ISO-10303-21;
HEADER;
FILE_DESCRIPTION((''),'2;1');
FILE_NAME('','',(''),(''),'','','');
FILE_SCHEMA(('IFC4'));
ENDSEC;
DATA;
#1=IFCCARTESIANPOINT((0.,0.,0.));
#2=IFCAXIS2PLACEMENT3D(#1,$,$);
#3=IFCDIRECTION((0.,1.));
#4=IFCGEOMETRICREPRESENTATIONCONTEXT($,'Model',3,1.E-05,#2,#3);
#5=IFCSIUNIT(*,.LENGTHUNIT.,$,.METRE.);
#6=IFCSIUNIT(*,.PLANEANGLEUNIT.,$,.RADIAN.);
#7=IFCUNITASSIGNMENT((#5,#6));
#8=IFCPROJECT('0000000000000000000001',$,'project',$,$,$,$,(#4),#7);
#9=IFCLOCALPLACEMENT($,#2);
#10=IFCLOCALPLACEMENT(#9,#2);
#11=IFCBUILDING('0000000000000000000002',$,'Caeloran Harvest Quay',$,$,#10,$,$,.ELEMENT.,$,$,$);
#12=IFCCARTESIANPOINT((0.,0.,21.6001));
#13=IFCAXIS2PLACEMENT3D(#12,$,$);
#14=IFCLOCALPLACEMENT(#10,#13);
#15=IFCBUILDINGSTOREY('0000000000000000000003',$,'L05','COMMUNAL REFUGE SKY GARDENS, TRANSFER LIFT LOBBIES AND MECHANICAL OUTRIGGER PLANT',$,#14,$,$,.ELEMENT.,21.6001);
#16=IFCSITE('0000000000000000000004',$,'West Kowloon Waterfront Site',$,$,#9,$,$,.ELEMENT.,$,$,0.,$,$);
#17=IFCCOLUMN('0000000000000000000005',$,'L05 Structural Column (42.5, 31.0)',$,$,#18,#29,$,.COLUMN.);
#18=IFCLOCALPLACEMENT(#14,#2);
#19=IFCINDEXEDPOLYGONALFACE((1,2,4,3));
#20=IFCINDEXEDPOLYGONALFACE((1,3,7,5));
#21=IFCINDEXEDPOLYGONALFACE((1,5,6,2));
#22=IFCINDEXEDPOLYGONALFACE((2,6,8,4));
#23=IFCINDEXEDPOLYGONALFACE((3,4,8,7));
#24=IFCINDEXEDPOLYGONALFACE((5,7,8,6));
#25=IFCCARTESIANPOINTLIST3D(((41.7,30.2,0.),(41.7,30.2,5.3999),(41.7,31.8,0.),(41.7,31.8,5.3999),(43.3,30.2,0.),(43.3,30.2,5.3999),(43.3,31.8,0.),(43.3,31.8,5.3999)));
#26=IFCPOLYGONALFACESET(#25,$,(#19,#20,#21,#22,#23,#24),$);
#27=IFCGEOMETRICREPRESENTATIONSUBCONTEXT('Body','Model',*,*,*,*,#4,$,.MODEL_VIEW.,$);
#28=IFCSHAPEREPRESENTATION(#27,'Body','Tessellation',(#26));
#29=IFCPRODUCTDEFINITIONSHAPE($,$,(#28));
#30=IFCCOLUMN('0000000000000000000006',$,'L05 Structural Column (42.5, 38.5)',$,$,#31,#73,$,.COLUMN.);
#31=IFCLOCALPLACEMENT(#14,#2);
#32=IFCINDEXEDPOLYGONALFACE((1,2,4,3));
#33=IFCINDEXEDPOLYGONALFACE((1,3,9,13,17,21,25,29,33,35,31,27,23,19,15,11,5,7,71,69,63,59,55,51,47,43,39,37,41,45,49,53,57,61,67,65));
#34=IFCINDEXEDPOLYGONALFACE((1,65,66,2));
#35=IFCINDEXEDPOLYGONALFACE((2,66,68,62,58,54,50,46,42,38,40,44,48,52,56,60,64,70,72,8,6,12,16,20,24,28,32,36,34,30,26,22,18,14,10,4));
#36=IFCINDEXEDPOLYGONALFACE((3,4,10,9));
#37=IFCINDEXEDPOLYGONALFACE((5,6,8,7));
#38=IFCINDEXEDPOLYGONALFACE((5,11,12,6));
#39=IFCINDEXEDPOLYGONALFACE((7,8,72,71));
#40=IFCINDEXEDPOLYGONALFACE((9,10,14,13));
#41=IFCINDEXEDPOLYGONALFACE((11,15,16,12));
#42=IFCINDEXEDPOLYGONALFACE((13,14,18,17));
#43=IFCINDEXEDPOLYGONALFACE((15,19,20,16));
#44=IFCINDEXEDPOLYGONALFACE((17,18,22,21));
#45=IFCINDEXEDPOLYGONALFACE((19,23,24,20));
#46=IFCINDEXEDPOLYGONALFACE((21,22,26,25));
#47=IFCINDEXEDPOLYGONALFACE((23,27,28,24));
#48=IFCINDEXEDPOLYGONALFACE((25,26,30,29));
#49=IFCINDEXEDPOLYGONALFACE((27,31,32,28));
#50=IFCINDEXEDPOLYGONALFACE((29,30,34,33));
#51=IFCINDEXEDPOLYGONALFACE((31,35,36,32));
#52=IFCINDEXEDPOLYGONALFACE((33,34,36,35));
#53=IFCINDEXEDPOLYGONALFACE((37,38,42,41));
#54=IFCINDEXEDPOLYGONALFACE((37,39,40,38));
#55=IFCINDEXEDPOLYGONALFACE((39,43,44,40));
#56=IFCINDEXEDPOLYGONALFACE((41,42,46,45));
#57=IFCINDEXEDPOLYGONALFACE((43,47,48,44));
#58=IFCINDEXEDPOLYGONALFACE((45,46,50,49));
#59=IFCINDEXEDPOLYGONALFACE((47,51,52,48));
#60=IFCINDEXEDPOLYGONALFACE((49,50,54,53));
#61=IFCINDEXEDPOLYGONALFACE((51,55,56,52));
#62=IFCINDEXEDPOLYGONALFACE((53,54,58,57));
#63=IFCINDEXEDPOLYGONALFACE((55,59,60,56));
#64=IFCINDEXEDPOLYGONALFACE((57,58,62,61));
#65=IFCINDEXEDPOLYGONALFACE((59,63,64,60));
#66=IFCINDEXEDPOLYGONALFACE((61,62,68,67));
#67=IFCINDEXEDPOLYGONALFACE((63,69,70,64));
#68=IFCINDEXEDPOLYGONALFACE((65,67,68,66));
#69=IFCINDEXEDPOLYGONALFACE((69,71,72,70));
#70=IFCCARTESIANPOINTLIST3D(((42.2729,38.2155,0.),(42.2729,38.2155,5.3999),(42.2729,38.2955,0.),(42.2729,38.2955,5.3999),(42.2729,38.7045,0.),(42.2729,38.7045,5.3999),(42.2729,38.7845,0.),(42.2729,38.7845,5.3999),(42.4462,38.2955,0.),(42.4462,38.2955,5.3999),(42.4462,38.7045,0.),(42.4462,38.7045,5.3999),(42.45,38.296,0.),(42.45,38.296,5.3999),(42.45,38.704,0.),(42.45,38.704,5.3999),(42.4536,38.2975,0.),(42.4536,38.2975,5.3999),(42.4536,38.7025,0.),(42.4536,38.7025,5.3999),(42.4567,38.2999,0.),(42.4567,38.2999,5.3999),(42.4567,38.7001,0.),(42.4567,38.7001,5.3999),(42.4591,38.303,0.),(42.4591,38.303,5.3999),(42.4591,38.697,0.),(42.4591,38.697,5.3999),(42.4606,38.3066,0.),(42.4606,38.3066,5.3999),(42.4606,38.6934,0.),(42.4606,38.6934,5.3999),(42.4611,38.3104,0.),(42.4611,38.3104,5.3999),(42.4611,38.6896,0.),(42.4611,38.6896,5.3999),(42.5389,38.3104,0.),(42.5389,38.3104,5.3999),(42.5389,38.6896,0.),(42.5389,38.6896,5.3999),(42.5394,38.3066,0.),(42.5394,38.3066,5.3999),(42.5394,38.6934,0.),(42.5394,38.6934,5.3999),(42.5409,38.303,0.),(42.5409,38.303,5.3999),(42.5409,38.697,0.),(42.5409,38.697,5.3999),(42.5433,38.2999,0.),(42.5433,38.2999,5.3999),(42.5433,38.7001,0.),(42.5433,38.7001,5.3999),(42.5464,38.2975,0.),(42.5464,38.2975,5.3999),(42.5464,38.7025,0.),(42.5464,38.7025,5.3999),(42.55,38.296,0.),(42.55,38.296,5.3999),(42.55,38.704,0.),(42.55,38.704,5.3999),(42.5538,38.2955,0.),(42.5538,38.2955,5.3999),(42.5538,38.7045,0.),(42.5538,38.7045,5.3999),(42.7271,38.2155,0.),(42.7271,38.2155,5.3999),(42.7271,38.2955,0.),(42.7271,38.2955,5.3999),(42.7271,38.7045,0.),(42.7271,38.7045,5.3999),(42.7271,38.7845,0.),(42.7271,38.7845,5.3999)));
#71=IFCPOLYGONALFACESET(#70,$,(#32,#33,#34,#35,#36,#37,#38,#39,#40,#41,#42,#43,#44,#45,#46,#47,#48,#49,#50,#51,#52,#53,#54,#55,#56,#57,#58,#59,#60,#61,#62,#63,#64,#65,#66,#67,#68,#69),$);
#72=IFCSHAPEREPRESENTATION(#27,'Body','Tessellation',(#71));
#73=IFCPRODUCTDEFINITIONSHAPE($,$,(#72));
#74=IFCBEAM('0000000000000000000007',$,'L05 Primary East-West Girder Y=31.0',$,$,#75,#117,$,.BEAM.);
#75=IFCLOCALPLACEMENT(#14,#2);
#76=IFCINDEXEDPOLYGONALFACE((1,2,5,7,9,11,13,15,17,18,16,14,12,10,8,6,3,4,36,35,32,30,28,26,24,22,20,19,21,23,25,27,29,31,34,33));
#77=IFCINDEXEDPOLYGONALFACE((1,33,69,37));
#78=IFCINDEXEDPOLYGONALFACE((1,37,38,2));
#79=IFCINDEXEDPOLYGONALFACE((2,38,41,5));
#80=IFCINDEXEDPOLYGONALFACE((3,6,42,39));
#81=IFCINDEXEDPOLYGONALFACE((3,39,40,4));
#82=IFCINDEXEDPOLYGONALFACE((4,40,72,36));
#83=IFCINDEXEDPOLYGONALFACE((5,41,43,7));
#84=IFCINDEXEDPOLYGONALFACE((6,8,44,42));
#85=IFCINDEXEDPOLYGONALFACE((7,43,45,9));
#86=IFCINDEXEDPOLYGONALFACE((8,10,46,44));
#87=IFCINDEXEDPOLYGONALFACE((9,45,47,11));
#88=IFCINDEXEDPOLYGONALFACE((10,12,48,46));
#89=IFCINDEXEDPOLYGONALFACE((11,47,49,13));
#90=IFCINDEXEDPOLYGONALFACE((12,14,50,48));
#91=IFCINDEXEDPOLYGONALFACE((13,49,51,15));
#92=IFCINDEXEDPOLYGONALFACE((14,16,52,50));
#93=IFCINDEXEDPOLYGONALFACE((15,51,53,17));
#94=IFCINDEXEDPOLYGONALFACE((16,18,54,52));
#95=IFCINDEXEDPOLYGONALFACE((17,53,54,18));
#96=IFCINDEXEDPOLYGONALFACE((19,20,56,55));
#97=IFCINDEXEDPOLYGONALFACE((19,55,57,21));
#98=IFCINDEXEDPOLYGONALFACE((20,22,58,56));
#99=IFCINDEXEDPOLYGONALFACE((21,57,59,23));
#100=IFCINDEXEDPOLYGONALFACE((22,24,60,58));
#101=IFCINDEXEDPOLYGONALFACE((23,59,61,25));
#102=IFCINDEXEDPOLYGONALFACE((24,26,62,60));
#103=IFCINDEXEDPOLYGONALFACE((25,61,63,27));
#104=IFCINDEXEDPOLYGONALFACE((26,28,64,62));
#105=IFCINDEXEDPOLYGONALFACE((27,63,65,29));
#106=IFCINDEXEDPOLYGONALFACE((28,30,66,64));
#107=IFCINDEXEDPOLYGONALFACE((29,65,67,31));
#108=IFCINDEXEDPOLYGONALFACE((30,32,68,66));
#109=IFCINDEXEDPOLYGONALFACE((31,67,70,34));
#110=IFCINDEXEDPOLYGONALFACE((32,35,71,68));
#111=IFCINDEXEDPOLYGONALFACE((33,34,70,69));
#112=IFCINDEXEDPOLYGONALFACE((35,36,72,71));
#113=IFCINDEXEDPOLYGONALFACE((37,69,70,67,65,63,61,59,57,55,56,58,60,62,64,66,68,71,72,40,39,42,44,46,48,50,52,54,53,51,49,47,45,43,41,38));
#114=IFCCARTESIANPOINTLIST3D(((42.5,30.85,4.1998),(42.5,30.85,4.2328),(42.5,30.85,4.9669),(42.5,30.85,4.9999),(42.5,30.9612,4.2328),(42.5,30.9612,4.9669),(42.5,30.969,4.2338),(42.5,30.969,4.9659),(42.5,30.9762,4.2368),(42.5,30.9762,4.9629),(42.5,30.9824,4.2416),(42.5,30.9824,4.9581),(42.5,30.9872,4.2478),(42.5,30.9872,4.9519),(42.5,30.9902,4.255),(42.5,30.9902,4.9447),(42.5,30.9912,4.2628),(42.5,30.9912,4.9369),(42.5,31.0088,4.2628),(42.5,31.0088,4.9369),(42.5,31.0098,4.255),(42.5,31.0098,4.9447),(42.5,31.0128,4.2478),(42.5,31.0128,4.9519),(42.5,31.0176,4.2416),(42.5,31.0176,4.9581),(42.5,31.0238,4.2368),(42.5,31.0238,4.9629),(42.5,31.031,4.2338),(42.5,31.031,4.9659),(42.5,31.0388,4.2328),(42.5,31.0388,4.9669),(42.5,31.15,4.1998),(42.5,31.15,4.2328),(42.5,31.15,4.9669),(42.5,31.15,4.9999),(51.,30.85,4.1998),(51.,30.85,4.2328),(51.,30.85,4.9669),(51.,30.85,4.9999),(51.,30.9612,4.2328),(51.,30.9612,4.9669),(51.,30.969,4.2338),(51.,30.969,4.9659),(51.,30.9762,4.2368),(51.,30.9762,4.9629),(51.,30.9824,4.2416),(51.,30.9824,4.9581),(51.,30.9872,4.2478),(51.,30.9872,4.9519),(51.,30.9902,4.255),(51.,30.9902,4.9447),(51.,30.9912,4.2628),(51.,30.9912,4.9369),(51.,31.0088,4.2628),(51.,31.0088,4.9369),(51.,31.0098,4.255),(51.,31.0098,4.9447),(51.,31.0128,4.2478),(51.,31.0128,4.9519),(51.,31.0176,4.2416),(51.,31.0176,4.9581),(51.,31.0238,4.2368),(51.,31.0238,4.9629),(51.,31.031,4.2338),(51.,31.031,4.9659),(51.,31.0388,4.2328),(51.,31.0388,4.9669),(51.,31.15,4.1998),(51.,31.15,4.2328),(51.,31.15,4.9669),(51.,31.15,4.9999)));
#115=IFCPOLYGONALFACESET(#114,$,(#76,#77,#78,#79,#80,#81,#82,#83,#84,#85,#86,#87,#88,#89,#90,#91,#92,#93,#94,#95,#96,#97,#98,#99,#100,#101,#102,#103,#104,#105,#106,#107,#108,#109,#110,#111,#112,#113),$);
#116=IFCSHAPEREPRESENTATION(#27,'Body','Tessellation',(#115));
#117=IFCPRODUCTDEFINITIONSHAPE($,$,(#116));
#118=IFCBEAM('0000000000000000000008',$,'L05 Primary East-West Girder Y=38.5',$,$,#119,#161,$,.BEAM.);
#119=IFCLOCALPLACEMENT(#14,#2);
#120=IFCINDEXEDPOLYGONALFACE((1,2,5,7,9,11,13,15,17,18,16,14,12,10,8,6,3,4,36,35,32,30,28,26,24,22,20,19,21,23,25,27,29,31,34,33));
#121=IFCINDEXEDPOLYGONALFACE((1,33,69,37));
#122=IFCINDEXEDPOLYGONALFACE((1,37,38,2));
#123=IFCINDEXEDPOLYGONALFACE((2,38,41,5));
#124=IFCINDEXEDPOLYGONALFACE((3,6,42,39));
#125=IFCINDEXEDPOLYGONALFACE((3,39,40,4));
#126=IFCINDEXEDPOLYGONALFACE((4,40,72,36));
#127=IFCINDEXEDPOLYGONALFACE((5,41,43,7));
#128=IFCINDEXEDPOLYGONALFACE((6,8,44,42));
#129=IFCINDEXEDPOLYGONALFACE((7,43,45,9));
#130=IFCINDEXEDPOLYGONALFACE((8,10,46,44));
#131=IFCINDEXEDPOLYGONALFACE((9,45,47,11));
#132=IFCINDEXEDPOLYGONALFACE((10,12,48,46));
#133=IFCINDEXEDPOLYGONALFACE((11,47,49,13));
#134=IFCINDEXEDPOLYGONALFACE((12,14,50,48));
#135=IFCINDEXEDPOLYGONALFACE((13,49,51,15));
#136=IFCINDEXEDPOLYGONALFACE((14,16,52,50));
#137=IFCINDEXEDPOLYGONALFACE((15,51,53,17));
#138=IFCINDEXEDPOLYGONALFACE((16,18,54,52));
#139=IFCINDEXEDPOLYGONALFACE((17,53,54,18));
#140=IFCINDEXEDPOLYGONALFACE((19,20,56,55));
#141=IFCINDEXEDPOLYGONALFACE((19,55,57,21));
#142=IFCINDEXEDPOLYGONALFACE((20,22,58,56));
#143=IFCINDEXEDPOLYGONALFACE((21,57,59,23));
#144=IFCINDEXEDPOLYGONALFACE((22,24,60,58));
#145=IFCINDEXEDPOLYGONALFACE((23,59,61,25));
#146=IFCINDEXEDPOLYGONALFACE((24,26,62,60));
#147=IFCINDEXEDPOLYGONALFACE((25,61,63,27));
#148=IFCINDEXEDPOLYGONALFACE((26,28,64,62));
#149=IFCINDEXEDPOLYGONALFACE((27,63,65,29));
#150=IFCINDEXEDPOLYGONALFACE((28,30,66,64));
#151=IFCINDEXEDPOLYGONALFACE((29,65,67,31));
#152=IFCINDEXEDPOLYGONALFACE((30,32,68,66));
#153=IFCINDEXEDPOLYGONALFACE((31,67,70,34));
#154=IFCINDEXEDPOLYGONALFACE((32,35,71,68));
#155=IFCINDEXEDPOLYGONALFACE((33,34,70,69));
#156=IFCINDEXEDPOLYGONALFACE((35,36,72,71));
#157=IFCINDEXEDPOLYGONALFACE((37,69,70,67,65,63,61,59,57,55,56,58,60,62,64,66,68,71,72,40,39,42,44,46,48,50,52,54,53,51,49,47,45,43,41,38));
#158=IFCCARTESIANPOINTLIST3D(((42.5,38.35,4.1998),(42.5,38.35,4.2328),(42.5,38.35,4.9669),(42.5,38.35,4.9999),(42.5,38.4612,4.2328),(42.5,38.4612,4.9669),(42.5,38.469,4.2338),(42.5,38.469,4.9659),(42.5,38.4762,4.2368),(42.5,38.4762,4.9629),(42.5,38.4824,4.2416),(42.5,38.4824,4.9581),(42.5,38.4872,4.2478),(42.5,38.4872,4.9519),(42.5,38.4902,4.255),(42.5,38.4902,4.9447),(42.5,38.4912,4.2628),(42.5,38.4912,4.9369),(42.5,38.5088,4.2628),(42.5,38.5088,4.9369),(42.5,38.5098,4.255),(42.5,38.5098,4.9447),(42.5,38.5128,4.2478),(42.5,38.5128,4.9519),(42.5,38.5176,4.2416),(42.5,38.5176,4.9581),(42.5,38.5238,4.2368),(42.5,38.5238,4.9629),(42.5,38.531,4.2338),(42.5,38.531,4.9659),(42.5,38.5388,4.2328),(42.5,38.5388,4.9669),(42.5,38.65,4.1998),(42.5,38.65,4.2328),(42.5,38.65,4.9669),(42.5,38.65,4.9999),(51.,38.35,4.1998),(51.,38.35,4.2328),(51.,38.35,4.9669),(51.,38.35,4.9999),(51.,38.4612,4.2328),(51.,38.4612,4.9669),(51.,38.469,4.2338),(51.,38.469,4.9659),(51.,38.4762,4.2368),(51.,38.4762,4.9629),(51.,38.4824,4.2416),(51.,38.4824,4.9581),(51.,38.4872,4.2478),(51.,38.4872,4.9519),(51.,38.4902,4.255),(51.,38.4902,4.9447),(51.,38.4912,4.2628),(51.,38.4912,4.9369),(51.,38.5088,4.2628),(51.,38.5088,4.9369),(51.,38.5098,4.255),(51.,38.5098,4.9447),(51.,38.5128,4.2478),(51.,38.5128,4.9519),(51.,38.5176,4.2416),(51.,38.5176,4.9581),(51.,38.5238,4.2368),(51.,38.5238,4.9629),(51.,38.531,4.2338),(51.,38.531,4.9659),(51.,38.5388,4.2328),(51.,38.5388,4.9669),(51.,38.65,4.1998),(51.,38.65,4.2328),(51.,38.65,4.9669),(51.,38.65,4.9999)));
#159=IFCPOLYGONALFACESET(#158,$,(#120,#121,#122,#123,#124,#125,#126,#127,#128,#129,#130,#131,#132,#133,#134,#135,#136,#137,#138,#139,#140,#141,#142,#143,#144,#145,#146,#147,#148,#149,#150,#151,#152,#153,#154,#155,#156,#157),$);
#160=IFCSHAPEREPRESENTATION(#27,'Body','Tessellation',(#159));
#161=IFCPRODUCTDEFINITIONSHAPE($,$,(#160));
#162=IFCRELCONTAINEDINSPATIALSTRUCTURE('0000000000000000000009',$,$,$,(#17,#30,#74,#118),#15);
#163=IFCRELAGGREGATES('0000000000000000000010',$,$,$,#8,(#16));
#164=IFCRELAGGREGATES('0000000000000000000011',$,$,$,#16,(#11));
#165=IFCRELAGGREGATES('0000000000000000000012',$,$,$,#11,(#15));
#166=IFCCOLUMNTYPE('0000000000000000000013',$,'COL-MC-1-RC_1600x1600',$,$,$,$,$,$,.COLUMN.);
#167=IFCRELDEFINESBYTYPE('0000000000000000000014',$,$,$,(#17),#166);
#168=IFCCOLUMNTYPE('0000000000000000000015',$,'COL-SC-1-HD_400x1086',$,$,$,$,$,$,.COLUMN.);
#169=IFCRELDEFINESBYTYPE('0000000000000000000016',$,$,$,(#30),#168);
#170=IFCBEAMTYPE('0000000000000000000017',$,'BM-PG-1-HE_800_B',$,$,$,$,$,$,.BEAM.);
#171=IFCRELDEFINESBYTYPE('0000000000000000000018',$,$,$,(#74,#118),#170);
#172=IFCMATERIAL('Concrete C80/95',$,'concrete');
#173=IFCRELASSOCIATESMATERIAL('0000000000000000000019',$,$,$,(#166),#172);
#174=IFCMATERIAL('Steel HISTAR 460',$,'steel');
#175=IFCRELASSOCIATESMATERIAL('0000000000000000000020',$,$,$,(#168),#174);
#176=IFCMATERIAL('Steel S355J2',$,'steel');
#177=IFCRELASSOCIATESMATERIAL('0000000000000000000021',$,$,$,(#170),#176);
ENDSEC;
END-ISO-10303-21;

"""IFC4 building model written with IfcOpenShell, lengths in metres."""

from ifc_helpers import new_model, si_unit, direction, frame, origin, origin_2d, place, context, subcontext, project, spatial, rectangle, i_section, extrude, material, material_profile, profile_set, type_object, element, save


model = new_model("IFC4")

# Units and contexts
model_context = context("Model", 3, precision=1e-05, world=origin(), true_north=direction((0.0, 1.0)))
body_context = subcontext(model_context, "Body", "Model", "MODEL_VIEW")
ifc_project = project(units=[si_unit("LENGTHUNIT", "METRE"), si_unit("PLANEANGLEUNIT", "RADIAN")], contexts=[model_context])

# Site, building, storey
site_placement = place(None, origin())
site = spatial("IfcSite", under=ifc_project, at=site_placement, Name="West Kowloon Waterfront Site", CompositionType="ELEMENT", RefElevation=0.0)
building_placement = place(site_placement, origin())
building = spatial("IfcBuilding", under=site, at=building_placement, Name="Caeloran Harvest Quay", CompositionType="ELEMENT")
storey_placement = place(building_placement, frame((0.0, 0.0, 21.6001)))
storey = spatial("IfcBuildingStorey", under=building, at=storey_placement, Name="L05", Description="COMMUNAL REFUGE SKY GARDENS, TRANSFER LIFT LOBBIES AND MECHANICAL OUTRIGGER PLANT", CompositionType="ELEMENT", Elevation=21.6001)

# Columns
ifc_material_1 = material(Name="Concrete C80/95", Category="concrete")
ifc_material_profile_1 = material_profile(ifc_material_1, rectangle(XDim=1.6001, YDim=1.6001, at=origin_2d()), Name="RC 1600x1600")
ifc_profile_set_1 = profile_set([ifc_material_profile_1], Name="Concrete C80/95")
column_type_1 = type_object("IfcColumnType", Name="COL-MC-1-RC_1600x1600", PredefinedType="COLUMN", material=ifc_profile_set_1)
column_1_placement = place(storey_placement, frame((42.5, 31.0, 0.0), z_axis=(0.0, 0.0, 1.0), x_axis=(1.0, 0.0, 0.0)))
element("IfcColumn", 1, at=column_1_placement, inside=storey, type_object=column_type_1, Name="L05 Structural Column (42.5, 31.0)", PredefinedType="COLUMN", context=body_context, shape_type="SweptSolid", body=[
    extrude(rectangle(XDim=1.6001, YDim=1.6001, at=origin_2d()), origin(), (0.0, 0.0, 1.0), 5.3999),
])
ifc_material_2 = material(Name="Steel HISTAR 460", Category="steel")
ifc_material_profile_2 = material_profile(ifc_material_2, i_section(OverallWidth=0.4541, OverallDepth=0.5691, WebThickness=0.0779, FlangeThickness=0.0801, FilletRadius=0.0149, at=origin_2d()), Name="HD 400x1086")
ifc_profile_set_2 = profile_set([ifc_material_profile_2], Name="Steel HISTAR 460")
column_type_2 = type_object("IfcColumnType", Name="COL-SC-1-HD_400x1086", PredefinedType="COLUMN", material=ifc_profile_set_2)
column_2_placement = place(storey_placement, frame((42.5, 38.5, 0.0), z_axis=(0.0, 0.0, 1.0), x_axis=(1.0, 0.0, 0.0)))
element("IfcColumn", 2, at=column_2_placement, inside=storey, type_object=column_type_2, Name="L05 Structural Column (42.5, 38.5)", PredefinedType="COLUMN", context=body_context, shape_type="SweptSolid", body=[
    extrude(i_section(OverallWidth=0.4541, OverallDepth=0.5691, WebThickness=0.0779, FlangeThickness=0.0801, FilletRadius=0.0149, at=origin_2d()), origin(), (0.0, 0.0, 1.0), 5.3999),
])

# Beams
ifc_material_3 = material(Name="Steel S355J2", Category="steel")
ifc_material_profile_3 = material_profile(ifc_material_3, i_section(OverallWidth=0.3, OverallDepth=0.8, WebThickness=0.0176, FlangeThickness=0.033, FilletRadius=0.03, at=origin_2d()), Name="HE 800 B")
ifc_profile_set_3 = profile_set([ifc_material_profile_3], Name="Steel S355J2")
beam_type_1 = type_object("IfcBeamType", Name="BM-PG-1-HE_800_B", PredefinedType="BEAM", material=ifc_profile_set_3)
for number, where, z_axis, x_axis, name in (
    (3, (42.5, 31.0, 4.5999), (1.0, 0.0, 0.0), (0.0, 1.0, 0.0), "L05 Primary East-West Girder Y=31.0"),
    (4, (42.5, 38.5, 4.5999), (1.0, 0.0, 0.0), (0.0, 1.0, 0.0), "L05 Primary East-West Girder Y=38.5"),
):
    element("IfcBeam", number, at=place(storey_placement, frame(where, z_axis=z_axis, x_axis=x_axis)), inside=storey, type_object=beam_type_1, Name=name, PredefinedType="BEAM", context=body_context, shape_type="SweptSolid", body=[
        extrude(i_section(OverallWidth=0.3, OverallDepth=0.8, WebThickness=0.0176, FlangeThickness=0.033, FilletRadius=0.03, at=origin_2d()), origin(), (0.0, 0.0, 1.0), 8.5),
    ])

save(model, "model.ifc")
